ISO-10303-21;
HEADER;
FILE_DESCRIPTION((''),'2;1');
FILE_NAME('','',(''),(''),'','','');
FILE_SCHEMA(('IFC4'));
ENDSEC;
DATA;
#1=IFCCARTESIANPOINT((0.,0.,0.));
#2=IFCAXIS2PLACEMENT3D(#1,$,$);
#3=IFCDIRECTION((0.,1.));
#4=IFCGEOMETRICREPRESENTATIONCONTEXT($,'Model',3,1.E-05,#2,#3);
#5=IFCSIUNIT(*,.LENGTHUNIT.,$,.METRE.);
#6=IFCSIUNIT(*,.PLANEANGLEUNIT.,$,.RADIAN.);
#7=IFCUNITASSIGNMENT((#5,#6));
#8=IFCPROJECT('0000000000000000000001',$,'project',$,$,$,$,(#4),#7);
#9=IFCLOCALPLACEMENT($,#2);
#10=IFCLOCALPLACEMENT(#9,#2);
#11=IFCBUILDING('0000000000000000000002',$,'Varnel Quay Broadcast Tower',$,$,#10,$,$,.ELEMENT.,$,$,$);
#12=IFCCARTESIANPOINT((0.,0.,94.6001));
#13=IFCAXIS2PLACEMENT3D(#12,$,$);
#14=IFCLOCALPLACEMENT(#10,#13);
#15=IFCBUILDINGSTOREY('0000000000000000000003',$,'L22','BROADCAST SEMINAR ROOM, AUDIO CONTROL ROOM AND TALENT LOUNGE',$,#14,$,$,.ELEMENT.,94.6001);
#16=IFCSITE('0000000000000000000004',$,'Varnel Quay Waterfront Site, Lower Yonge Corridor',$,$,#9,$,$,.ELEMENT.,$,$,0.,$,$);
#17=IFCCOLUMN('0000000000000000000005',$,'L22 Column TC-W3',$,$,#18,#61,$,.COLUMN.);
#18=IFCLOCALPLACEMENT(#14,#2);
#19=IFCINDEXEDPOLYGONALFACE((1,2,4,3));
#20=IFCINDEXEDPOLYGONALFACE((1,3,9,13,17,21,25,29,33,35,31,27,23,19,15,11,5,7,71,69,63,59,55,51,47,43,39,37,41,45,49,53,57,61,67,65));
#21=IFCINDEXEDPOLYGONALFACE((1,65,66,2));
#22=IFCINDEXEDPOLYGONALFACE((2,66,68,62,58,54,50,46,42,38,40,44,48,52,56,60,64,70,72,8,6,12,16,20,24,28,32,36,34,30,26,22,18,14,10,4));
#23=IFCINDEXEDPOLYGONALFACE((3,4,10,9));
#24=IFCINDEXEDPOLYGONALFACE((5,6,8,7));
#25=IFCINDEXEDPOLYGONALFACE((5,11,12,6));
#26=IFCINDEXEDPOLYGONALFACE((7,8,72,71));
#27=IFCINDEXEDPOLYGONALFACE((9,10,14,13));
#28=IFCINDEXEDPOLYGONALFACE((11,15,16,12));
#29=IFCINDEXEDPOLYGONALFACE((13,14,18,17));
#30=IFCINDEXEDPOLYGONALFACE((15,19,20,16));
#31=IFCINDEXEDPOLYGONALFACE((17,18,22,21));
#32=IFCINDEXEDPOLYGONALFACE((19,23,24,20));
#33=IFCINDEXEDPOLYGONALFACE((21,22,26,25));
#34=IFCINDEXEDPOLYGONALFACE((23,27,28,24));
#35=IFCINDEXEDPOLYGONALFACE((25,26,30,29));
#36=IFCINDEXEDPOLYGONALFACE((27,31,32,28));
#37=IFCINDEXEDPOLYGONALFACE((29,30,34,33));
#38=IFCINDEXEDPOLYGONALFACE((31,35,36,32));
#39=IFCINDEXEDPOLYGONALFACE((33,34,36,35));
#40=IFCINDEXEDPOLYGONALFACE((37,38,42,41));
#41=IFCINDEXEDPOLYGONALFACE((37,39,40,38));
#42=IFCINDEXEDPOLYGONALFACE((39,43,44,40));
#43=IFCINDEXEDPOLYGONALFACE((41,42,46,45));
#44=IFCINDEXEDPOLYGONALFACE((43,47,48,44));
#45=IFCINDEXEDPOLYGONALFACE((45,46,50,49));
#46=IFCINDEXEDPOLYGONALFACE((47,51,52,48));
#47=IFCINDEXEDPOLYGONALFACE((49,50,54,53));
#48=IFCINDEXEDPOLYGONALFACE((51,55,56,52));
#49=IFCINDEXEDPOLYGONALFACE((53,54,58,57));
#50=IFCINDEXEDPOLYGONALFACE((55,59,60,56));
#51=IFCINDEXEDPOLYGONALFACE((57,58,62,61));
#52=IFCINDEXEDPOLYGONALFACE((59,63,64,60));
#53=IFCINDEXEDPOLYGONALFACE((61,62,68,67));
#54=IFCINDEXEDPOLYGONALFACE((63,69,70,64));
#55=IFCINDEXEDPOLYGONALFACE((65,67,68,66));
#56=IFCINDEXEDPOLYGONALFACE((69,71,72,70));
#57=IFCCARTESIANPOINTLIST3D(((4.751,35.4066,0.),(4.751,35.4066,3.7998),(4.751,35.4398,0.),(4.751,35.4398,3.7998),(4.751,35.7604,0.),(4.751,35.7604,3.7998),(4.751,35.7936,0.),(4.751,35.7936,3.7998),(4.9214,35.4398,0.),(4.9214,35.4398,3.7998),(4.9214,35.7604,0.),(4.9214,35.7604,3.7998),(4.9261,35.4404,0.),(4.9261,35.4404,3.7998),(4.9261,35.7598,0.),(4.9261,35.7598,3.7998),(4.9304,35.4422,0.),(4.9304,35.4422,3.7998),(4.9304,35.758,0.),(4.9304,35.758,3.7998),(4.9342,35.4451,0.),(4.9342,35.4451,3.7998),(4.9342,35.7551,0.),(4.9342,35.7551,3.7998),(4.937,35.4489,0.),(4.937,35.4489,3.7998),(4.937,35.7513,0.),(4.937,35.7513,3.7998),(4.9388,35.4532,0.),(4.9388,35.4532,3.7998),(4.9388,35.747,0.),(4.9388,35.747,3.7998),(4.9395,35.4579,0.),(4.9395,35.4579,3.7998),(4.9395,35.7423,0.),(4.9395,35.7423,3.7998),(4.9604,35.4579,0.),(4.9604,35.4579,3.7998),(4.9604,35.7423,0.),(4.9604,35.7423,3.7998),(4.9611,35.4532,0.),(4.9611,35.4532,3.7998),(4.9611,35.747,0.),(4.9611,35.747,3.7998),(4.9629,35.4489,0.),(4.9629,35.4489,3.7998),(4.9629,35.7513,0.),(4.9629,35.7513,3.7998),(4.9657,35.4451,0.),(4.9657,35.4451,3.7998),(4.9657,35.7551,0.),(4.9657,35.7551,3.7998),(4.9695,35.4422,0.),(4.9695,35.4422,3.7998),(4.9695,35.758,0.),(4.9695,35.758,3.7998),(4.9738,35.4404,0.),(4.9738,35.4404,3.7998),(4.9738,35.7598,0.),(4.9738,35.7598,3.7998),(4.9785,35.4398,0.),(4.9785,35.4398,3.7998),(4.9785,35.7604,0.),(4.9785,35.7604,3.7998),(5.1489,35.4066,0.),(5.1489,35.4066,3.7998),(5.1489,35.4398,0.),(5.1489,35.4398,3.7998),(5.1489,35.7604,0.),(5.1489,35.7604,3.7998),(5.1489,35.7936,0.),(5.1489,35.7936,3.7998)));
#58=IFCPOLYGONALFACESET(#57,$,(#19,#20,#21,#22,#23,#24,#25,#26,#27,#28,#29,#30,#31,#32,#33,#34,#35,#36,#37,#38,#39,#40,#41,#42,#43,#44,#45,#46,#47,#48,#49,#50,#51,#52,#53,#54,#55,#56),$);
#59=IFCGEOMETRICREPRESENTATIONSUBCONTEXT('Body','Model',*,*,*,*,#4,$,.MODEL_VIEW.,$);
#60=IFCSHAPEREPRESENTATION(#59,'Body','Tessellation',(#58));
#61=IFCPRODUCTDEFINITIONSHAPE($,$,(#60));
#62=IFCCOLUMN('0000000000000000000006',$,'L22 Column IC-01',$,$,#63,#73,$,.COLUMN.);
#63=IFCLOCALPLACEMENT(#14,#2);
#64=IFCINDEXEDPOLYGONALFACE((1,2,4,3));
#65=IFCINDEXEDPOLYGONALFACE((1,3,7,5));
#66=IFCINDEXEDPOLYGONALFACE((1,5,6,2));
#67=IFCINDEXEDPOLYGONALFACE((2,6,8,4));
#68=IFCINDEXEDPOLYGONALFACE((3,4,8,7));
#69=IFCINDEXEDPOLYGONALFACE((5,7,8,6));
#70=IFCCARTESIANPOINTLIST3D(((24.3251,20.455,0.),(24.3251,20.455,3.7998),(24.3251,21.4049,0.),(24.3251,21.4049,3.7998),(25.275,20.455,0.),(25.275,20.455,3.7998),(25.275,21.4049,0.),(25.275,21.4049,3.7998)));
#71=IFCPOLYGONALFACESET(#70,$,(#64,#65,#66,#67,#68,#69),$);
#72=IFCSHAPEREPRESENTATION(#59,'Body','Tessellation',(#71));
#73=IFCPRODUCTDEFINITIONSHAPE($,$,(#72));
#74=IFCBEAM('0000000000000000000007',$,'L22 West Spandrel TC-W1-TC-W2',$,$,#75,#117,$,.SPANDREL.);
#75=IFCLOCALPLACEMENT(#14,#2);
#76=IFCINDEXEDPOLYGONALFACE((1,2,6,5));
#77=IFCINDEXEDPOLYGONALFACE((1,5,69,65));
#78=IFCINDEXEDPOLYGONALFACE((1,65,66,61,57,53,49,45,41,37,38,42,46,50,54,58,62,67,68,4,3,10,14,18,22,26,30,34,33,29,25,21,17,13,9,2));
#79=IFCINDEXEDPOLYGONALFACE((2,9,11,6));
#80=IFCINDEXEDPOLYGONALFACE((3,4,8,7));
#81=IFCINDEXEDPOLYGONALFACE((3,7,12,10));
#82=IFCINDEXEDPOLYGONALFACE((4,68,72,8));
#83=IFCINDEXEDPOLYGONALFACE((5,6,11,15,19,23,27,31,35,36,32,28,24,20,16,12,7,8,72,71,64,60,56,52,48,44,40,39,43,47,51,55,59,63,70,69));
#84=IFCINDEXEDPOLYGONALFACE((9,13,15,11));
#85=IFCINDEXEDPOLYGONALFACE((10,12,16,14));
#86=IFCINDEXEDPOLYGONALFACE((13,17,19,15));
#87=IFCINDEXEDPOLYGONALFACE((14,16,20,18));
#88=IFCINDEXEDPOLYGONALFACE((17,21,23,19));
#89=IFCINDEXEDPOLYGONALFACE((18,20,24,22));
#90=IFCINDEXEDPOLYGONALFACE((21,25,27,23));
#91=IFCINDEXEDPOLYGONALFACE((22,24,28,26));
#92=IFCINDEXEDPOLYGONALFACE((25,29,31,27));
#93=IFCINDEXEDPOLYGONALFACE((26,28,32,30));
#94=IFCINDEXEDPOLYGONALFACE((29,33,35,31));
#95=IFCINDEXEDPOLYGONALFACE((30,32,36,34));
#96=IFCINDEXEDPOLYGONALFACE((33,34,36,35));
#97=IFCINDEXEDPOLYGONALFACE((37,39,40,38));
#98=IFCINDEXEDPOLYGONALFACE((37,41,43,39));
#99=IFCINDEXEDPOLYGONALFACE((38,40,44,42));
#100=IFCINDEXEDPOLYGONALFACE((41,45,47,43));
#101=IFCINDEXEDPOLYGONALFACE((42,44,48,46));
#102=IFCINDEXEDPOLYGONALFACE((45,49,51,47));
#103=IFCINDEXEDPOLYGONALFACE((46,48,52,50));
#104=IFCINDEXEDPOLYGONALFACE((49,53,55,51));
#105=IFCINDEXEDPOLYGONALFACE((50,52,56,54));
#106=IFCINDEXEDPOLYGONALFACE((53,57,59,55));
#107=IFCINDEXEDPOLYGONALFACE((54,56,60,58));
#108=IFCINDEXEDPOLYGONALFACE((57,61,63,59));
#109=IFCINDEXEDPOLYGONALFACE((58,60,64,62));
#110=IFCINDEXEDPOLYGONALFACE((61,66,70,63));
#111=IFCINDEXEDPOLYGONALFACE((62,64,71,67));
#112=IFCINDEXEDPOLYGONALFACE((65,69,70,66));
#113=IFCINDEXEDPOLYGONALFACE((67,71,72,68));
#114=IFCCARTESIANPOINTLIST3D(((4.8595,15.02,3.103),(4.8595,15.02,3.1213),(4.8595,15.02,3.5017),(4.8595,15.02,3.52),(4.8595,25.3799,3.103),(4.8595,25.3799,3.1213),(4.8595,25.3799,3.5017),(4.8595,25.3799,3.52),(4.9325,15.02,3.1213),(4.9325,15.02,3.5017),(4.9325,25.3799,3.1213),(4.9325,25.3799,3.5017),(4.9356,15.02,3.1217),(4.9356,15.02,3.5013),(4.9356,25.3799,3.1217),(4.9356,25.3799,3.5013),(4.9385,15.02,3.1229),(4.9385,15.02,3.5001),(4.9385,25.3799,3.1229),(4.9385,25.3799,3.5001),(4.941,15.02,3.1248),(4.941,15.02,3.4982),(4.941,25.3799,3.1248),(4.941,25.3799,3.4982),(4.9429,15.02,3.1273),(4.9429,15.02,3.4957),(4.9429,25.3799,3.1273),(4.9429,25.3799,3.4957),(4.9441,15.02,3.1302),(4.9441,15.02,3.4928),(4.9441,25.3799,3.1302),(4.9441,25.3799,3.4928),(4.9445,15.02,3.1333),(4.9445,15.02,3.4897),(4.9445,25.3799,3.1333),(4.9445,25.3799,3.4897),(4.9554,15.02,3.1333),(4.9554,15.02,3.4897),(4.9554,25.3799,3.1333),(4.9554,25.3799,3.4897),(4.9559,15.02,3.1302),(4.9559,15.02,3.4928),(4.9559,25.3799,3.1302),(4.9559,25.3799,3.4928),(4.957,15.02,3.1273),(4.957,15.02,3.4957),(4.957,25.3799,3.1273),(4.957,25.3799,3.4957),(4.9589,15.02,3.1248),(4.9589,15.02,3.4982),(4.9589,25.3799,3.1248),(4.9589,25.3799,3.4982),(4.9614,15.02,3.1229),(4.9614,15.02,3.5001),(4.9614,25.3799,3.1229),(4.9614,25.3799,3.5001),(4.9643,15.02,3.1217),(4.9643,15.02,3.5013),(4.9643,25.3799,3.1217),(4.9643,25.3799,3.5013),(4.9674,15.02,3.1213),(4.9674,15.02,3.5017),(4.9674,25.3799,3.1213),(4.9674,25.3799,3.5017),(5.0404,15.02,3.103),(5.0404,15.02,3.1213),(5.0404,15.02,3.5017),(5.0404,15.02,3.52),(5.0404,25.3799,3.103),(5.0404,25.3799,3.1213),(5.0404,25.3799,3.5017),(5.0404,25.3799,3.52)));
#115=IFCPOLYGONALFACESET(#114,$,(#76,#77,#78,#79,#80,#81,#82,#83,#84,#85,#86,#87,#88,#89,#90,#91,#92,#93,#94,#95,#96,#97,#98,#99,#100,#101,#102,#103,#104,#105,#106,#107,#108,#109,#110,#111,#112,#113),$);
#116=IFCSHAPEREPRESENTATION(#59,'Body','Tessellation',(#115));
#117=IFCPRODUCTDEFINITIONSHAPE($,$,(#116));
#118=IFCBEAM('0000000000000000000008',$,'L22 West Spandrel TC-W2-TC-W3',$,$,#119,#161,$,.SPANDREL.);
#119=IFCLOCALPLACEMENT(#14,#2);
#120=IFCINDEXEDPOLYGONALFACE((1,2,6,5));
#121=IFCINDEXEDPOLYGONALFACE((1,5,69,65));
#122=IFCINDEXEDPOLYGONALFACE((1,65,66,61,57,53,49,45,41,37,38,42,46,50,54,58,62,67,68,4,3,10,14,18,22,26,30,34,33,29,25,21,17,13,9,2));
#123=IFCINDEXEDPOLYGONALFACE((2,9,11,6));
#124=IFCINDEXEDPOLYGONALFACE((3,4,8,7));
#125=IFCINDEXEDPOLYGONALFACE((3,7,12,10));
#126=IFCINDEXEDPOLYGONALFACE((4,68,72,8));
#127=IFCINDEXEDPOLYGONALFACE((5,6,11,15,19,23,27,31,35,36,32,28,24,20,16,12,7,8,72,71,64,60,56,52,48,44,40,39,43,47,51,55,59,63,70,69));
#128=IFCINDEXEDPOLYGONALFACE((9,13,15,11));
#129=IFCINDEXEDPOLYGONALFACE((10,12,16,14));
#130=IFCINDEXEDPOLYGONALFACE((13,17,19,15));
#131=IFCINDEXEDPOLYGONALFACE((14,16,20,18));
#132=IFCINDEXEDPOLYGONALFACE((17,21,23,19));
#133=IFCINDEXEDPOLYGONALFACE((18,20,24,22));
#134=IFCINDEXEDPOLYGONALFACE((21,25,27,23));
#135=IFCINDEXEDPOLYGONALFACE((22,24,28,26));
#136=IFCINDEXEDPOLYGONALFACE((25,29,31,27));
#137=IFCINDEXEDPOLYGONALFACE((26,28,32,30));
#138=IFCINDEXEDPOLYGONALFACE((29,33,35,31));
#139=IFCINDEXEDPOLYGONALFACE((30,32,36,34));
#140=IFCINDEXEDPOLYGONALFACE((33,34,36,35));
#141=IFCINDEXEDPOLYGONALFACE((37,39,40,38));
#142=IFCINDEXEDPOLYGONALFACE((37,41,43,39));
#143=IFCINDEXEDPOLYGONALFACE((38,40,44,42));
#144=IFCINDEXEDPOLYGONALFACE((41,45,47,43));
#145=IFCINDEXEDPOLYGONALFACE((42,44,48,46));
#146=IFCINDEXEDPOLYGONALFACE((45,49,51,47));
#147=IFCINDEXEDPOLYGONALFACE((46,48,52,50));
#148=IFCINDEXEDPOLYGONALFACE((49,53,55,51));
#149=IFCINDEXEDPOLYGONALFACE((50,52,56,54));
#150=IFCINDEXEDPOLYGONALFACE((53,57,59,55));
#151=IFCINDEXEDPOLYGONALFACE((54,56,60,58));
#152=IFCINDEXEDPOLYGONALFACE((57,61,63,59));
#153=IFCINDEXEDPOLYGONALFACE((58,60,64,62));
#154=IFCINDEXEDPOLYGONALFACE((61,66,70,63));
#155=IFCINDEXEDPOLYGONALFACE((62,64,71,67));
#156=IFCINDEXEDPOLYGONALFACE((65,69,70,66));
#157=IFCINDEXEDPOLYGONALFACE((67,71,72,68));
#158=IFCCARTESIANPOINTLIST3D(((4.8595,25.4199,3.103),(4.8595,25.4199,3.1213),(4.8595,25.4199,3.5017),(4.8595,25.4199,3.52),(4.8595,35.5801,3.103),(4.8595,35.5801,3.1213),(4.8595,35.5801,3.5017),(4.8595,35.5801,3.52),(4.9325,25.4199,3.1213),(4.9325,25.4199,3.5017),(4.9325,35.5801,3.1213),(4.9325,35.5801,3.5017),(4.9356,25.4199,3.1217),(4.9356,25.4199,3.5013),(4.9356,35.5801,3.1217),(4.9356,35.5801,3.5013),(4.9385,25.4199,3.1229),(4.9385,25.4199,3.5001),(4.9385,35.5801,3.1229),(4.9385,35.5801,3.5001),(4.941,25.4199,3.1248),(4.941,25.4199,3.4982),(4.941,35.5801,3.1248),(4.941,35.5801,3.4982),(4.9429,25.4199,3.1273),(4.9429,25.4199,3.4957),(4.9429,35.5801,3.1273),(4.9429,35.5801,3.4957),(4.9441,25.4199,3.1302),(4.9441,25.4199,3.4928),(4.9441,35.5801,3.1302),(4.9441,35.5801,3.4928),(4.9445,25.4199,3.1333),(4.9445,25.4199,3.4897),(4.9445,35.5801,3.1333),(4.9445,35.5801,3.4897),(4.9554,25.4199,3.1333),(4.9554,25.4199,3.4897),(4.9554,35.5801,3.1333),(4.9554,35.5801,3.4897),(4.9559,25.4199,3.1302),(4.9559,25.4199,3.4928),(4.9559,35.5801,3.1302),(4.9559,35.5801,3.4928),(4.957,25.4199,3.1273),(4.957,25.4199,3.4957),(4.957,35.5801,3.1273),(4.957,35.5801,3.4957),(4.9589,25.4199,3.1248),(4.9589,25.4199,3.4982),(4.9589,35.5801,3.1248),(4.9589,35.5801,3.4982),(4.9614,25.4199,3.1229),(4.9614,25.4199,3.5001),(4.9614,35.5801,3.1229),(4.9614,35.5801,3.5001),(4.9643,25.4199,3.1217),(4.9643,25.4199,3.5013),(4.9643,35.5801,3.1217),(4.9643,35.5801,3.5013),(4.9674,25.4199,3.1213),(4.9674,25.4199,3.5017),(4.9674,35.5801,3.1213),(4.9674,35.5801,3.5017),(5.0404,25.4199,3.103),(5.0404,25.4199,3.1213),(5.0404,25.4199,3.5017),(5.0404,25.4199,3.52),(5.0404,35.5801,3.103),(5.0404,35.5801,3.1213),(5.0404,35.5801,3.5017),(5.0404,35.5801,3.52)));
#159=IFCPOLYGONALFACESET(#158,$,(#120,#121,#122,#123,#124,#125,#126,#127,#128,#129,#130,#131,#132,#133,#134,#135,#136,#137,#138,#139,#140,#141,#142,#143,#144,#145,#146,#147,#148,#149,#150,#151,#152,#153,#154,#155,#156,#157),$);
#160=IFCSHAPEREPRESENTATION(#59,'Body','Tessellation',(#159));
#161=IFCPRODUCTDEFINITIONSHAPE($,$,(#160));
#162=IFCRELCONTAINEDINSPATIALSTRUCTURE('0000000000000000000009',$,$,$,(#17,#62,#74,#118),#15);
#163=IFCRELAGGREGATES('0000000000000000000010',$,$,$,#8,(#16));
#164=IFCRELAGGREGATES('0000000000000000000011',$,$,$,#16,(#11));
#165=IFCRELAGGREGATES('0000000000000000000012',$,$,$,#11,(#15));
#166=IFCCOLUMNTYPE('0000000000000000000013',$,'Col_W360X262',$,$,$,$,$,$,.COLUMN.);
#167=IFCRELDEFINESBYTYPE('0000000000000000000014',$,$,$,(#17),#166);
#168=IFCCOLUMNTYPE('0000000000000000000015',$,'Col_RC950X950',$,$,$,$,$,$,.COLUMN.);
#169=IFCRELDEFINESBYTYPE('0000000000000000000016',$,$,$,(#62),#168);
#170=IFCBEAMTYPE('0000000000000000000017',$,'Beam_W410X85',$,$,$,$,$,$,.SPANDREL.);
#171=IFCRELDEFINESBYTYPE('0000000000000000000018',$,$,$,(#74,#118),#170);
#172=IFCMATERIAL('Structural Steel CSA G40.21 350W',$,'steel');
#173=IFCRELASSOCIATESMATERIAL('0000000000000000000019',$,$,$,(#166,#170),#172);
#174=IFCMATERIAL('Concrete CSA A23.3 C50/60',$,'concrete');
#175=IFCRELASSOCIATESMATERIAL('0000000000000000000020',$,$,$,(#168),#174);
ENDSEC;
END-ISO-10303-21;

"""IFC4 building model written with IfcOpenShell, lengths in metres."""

from ifc_helpers import new_model, si_unit, direction, frame, origin, origin_2d, place, context, subcontext, project, spatial, rectangle, i_section, extrude, source, transform, mapped, material, material_profile, profile_set, type_object, type_shapes, element, save


model = new_model("IFC4")

# Units and contexts
model_context = context("Model", 3, precision=1e-05, world=origin(), true_north=direction((0.0, 1.0)))
body_context = subcontext(model_context, "Body", "Model", "MODEL_VIEW")
ifc_project = project(units=[si_unit("LENGTHUNIT", "METRE"), si_unit("PLANEANGLEUNIT", "RADIAN")], contexts=[model_context])

# Site, building, storey
site_placement = place(None, origin())
site = spatial("IfcSite", under=ifc_project, at=site_placement, Name="Varnel Quay Waterfront Site, Lower Yonge Corridor", CompositionType="ELEMENT", RefElevation=0.0)
building_placement = place(site_placement, origin())
building = spatial("IfcBuilding", under=site, at=building_placement, Name="Varnel Quay Broadcast Tower", CompositionType="ELEMENT")
storey_placement = place(building_placement, frame((0.0, 0.0, 94.6001)))
storey = spatial("IfcBuildingStorey", under=building, at=storey_placement, Name="L22", Description="BROADCAST SEMINAR ROOM, AUDIO CONTROL ROOM AND TALENT LOUNGE", CompositionType="ELEMENT", Elevation=94.6001)

# Columns
ifc_material_1 = material(Name="Structural Steel CSA G40.21 350W", Category="steel")
ifc_material_profile_1 = material_profile(ifc_material_1, i_section(OverallWidth=0.3979, OverallDepth=0.387, WebThickness=0.021, FlangeThickness=0.0332, FilletRadius=0.0181, at=origin_2d()), Name="W360X262")
ifc_profile_set_1 = profile_set([ifc_material_profile_1], Name="Structural Steel CSA G40.21 350W")
column_type_1 = type_object("IfcColumnType", Name="Col_W360X262", PredefinedType="COLUMN", material=ifc_profile_set_1)
shared_shape_1 = source(origin(), body_context, "Body", "SweptSolid", [
    extrude(i_section(OverallWidth=0.3979, OverallDepth=0.387, WebThickness=0.021, FlangeThickness=0.0332, FilletRadius=0.0181, at=origin_2d()), origin(), (0.0, 0.0, 1.0), 3.7998),
])
type_shapes(column_type_1, [shared_shape_1])
for number, where, z_axis, x_axis, name in (
    (1, (4.95, 35.6001, 0.0), (0.0, 0.0, 1.0), (1.0, 0.0, 0.0), "L22 Column TC-W3"),
):
    element("IfcColumn", number, at=place(storey_placement, frame(where, z_axis=z_axis, x_axis=x_axis)), inside=storey, type_object=column_type_1, Name=name, PredefinedType="COLUMN", context=body_context, shape_type="MappedRepresentation", body=[
        mapped(shared_shape_1, transform((0.0, 0.0, 0.0), x_axis=(1.0, 0.0, 0.0), y_axis=(0.0, 1.0, 0.0), z_axis=(0.0, 0.0, 1.0), scale=1.0)),
    ])
ifc_material_2 = material(Name="Concrete CSA A23.3 C50/60", Category="concrete")
ifc_material_profile_2 = material_profile(ifc_material_2, rectangle(XDim=0.95, YDim=0.95, at=origin_2d()), Name="RC950X950")
ifc_profile_set_2 = profile_set([ifc_material_profile_2], Name="Concrete CSA A23.3 C50/60")
column_type_2 = type_object("IfcColumnType", Name="Col_RC950X950", PredefinedType="COLUMN", material=ifc_profile_set_2)
shared_shape_2 = source(origin(), body_context, "Body", "SweptSolid", [
    extrude(rectangle(XDim=0.95, YDim=0.95, at=origin_2d()), origin(), (0.0, 0.0, 1.0), 3.7998),
])
type_shapes(column_type_2, [shared_shape_2])
column_placement = place(storey_placement, frame((24.8, 20.9299, 0.0), z_axis=(0.0, 0.0, 1.0), x_axis=(1.0, 0.0, 0.0)))
element("IfcColumn", 2, at=column_placement, inside=storey, type_object=column_type_2, Name="L22 Column IC-01", PredefinedType="COLUMN", context=body_context, shape_type="MappedRepresentation", body=[
    mapped(shared_shape_2, transform((0.0, 0.0, 0.0), x_axis=(1.0, 0.0, 0.0), y_axis=(0.0, 1.0, 0.0), z_axis=(0.0, 0.0, 1.0), scale=1.0)),
])

# Beams
ifc_material_profile_3 = material_profile(ifc_material_1, i_section(OverallWidth=0.1809, OverallDepth=0.417, WebThickness=0.011, FlangeThickness=0.0183, FilletRadius=0.012, at=origin_2d()), Name="W410X85")
ifc_profile_set_3 = profile_set([ifc_material_profile_3], Name="Structural Steel CSA G40.21 350W")
beam_type_1 = type_object("IfcBeamType", Name="Beam_W410X85", PredefinedType="SPANDREL", material=ifc_profile_set_3)
shared_shape_3 = source(origin(), body_context, "Body", "SweptSolid", [
    extrude(i_section(OverallWidth=0.1809, OverallDepth=0.417, WebThickness=0.011, FlangeThickness=0.0183, FilletRadius=0.012, at=origin_2d()), origin(), (0.0, 0.0, 1.0), 10.3599),
])
beam_1_placement = place(storey_placement, frame((4.95, 15.02, 3.3115), z_axis=(0.0, 1.0, 0.0), x_axis=(-1.0, 0.0, 0.0)))
element("IfcBeam", 3, at=beam_1_placement, inside=storey, type_object=beam_type_1, Name="L22 West Spandrel TC-W1-TC-W2", PredefinedType="SPANDREL", context=body_context, shape_type="MappedRepresentation", body=[
    mapped(shared_shape_3, transform((0.0, 0.0, 0.0), x_axis=(1.0, 0.0, 0.0), y_axis=(0.0, 1.0, 0.0), z_axis=(0.0, 0.0, 1.0), scale=1.0)),
])
shared_shape_4 = source(origin(), body_context, "Body", "SweptSolid", [
    extrude(i_section(OverallWidth=0.1809, OverallDepth=0.417, WebThickness=0.011, FlangeThickness=0.0183, FilletRadius=0.012, at=origin_2d()), origin(), (0.0, 0.0, 1.0), 10.1602),
])
beam_2_placement = place(storey_placement, frame((4.95, 25.4199, 3.3115), z_axis=(0.0, 1.0, 0.0), x_axis=(-1.0, 0.0, 0.0)))
element("IfcBeam", 4, at=beam_2_placement, inside=storey, type_object=beam_type_1, Name="L22 West Spandrel TC-W2-TC-W3", PredefinedType="SPANDREL", context=body_context, shape_type="MappedRepresentation", body=[
    mapped(shared_shape_4, transform((0.0, 0.0, 0.0), x_axis=(1.0, 0.0, 0.0), y_axis=(0.0, 1.0, 0.0), z_axis=(0.0, 0.0, 1.0), scale=1.0)),
])

save(model, "model.ifc")
